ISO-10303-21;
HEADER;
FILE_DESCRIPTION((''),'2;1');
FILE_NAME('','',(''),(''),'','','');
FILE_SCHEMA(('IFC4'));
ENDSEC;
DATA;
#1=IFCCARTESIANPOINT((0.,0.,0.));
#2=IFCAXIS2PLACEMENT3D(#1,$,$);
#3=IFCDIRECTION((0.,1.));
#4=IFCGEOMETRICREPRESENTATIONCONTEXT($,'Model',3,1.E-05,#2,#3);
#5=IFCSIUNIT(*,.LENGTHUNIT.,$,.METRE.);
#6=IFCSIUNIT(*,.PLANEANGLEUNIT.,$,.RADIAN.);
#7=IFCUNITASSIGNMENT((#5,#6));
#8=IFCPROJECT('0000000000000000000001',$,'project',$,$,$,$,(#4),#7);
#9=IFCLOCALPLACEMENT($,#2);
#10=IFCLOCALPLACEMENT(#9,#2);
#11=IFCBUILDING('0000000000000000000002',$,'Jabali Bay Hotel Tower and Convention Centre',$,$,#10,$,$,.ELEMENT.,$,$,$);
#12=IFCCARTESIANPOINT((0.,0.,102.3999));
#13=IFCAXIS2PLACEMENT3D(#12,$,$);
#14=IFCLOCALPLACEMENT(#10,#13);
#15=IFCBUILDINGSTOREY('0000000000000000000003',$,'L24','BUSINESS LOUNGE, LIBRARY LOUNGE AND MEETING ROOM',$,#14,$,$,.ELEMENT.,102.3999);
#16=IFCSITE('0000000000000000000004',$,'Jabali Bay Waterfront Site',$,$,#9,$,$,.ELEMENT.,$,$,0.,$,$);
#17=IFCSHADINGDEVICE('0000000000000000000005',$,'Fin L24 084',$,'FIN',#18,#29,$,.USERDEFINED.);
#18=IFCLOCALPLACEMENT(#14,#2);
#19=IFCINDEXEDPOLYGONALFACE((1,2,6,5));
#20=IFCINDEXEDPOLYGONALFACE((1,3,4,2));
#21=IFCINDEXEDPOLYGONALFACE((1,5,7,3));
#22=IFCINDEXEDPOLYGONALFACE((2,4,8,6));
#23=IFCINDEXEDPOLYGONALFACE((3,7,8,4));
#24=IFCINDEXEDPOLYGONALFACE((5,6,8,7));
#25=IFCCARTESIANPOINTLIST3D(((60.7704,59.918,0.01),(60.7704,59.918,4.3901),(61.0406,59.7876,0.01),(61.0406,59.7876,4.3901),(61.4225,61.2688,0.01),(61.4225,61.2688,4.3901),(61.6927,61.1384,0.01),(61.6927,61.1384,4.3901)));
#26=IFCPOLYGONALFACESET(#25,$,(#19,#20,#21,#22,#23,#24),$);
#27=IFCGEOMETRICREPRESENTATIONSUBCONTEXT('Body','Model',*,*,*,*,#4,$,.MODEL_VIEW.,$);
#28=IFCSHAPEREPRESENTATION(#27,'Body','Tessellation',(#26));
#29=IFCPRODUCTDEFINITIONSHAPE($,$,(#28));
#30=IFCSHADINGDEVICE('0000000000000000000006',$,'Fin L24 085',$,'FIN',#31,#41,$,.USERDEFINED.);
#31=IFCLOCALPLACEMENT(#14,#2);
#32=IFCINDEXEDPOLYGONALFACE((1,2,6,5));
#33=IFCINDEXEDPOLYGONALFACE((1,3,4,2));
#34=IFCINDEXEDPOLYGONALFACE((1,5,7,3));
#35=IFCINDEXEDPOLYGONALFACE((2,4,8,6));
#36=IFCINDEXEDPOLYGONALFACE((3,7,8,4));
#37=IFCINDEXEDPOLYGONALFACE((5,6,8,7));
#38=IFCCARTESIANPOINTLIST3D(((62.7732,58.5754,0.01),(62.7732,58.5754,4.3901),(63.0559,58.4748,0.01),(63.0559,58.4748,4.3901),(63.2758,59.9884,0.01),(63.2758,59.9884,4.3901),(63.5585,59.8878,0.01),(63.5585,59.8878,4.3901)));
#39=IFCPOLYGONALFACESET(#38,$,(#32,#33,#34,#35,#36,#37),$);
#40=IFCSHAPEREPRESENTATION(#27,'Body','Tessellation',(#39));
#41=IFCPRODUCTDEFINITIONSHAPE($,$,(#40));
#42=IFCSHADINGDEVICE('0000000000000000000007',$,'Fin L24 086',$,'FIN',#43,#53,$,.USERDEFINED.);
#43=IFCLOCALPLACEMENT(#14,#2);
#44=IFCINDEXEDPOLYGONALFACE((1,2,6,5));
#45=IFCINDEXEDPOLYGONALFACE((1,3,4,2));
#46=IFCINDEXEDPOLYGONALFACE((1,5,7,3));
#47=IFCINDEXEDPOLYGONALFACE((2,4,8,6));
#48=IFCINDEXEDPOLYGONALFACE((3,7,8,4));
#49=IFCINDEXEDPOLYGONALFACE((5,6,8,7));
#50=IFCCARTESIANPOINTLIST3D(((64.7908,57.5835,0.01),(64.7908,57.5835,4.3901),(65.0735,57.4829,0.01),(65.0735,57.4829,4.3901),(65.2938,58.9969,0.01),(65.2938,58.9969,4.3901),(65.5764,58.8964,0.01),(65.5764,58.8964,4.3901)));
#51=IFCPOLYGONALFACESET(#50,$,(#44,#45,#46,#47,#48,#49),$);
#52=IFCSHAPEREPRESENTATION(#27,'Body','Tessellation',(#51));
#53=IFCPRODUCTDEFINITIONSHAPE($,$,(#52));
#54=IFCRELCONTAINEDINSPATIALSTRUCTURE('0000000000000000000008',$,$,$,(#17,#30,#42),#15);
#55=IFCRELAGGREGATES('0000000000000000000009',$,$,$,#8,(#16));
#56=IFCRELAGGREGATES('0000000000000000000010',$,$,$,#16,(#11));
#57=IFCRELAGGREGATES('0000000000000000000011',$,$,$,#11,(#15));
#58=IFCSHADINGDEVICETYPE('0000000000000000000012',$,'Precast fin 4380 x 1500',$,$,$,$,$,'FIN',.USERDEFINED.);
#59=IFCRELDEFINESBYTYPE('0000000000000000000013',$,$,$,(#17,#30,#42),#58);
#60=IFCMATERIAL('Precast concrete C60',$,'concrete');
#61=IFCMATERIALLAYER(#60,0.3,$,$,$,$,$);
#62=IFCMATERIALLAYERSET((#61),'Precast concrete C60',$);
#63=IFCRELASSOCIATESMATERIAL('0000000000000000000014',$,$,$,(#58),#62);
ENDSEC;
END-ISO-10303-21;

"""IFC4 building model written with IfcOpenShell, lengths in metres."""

from ifc_helpers import new_model, si_unit, direction, frame, frame_2d, origin, place, context, subcontext, project, spatial, rectangle, extrude, material, layer, layer_set, type_object, element, save


model = new_model("IFC4")

# Units and contexts
model_context = context("Model", 3, precision=1e-05, world=origin(), true_north=direction((0.0, 1.0)))
body_context = subcontext(model_context, "Body", "Model", "MODEL_VIEW")
ifc_project = project(units=[si_unit("LENGTHUNIT", "METRE"), si_unit("PLANEANGLEUNIT", "RADIAN")], contexts=[model_context])

# Site, building, storey
site_placement = place(None, origin())
site = spatial("IfcSite", under=ifc_project, at=site_placement, Name="Jabali Bay Waterfront Site", CompositionType="ELEMENT", RefElevation=0.0)
building_placement = place(site_placement, origin())
building = spatial("IfcBuilding", under=site, at=building_placement, Name="Jabali Bay Hotel Tower and Convention Centre", CompositionType="ELEMENT")
storey_placement = place(building_placement, frame((0.0, 0.0, 102.3999)))
storey = spatial("IfcBuildingStorey", under=building, at=storey_placement, Name="L24", Description="BUSINESS LOUNGE, LIBRARY LOUNGE AND MEETING ROOM", CompositionType="ELEMENT", Elevation=102.3999)

# Shading devices
ifc_material_1 = material(Name="Precast concrete C60", Category="concrete")
ifc_layer_1 = layer(ifc_material_1, 0.3)
ifc_layer_set_1 = layer_set([ifc_layer_1], Name="Precast concrete C60")
shading_device_type = type_object("IfcShadingDeviceType", Name="Precast fin 4380 x 1500", ElementType="FIN", PredefinedType="USERDEFINED", material=ifc_layer_set_1)
for number, where, z_axis, x_axis, name in (
    (1, (61.5576, 61.2036, 0.01), (0.0, 0.0, 1.0), (-0.434735, -0.900558, 0.0), "Fin L24 084"),
):
    element("IfcShadingDevice", number, at=place(storey_placement, frame(where, z_axis=z_axis, x_axis=x_axis)), inside=storey, type_object=shading_device_type, Name=name, ObjectType="FIN", PredefinedType="USERDEFINED", context=body_context, shape_type="SweptSolid", body=[
        extrude(rectangle(XDim=1.5, YDim=0.3, at=frame_2d((0.75, 0.0))), origin(), (0.0, 0.0, 1.0), 4.3801),
    ])
shading_device_1_placement = place(storey_placement, frame((63.4172, 59.9382, 0.01), z_axis=(0.0, 0.0, 1.0), x_axis=(-0.335161, -0.942161, 0.0)))
element("IfcShadingDevice", 2, at=shading_device_1_placement, inside=storey, type_object=shading_device_type, Name="Fin L24 085", ObjectType="FIN", PredefinedType="USERDEFINED", context=body_context, shape_type="SweptSolid", body=[
    extrude(rectangle(XDim=1.4998, YDim=0.3, at=frame_2d((0.75, 0.0))), origin(), (0.0, 0.0, 1.0), 4.3801),
])
shading_device_2_placement = place(storey_placement, frame((65.4351, 58.9465, 0.01), z_axis=(0.0, 0.0, 1.0), x_axis=(-0.335254, -0.942128, 0.0)))
element("IfcShadingDevice", 3, at=shading_device_2_placement, inside=storey, type_object=shading_device_type, Name="Fin L24 086", ObjectType="FIN", PredefinedType="USERDEFINED", context=body_context, shape_type="SweptSolid", body=[
    extrude(rectangle(XDim=1.5002, YDim=0.3, at=frame_2d((0.75, 0.0))), origin(), (0.0, 0.0, 1.0), 4.3801),
])

save(model, "model.ifc")
